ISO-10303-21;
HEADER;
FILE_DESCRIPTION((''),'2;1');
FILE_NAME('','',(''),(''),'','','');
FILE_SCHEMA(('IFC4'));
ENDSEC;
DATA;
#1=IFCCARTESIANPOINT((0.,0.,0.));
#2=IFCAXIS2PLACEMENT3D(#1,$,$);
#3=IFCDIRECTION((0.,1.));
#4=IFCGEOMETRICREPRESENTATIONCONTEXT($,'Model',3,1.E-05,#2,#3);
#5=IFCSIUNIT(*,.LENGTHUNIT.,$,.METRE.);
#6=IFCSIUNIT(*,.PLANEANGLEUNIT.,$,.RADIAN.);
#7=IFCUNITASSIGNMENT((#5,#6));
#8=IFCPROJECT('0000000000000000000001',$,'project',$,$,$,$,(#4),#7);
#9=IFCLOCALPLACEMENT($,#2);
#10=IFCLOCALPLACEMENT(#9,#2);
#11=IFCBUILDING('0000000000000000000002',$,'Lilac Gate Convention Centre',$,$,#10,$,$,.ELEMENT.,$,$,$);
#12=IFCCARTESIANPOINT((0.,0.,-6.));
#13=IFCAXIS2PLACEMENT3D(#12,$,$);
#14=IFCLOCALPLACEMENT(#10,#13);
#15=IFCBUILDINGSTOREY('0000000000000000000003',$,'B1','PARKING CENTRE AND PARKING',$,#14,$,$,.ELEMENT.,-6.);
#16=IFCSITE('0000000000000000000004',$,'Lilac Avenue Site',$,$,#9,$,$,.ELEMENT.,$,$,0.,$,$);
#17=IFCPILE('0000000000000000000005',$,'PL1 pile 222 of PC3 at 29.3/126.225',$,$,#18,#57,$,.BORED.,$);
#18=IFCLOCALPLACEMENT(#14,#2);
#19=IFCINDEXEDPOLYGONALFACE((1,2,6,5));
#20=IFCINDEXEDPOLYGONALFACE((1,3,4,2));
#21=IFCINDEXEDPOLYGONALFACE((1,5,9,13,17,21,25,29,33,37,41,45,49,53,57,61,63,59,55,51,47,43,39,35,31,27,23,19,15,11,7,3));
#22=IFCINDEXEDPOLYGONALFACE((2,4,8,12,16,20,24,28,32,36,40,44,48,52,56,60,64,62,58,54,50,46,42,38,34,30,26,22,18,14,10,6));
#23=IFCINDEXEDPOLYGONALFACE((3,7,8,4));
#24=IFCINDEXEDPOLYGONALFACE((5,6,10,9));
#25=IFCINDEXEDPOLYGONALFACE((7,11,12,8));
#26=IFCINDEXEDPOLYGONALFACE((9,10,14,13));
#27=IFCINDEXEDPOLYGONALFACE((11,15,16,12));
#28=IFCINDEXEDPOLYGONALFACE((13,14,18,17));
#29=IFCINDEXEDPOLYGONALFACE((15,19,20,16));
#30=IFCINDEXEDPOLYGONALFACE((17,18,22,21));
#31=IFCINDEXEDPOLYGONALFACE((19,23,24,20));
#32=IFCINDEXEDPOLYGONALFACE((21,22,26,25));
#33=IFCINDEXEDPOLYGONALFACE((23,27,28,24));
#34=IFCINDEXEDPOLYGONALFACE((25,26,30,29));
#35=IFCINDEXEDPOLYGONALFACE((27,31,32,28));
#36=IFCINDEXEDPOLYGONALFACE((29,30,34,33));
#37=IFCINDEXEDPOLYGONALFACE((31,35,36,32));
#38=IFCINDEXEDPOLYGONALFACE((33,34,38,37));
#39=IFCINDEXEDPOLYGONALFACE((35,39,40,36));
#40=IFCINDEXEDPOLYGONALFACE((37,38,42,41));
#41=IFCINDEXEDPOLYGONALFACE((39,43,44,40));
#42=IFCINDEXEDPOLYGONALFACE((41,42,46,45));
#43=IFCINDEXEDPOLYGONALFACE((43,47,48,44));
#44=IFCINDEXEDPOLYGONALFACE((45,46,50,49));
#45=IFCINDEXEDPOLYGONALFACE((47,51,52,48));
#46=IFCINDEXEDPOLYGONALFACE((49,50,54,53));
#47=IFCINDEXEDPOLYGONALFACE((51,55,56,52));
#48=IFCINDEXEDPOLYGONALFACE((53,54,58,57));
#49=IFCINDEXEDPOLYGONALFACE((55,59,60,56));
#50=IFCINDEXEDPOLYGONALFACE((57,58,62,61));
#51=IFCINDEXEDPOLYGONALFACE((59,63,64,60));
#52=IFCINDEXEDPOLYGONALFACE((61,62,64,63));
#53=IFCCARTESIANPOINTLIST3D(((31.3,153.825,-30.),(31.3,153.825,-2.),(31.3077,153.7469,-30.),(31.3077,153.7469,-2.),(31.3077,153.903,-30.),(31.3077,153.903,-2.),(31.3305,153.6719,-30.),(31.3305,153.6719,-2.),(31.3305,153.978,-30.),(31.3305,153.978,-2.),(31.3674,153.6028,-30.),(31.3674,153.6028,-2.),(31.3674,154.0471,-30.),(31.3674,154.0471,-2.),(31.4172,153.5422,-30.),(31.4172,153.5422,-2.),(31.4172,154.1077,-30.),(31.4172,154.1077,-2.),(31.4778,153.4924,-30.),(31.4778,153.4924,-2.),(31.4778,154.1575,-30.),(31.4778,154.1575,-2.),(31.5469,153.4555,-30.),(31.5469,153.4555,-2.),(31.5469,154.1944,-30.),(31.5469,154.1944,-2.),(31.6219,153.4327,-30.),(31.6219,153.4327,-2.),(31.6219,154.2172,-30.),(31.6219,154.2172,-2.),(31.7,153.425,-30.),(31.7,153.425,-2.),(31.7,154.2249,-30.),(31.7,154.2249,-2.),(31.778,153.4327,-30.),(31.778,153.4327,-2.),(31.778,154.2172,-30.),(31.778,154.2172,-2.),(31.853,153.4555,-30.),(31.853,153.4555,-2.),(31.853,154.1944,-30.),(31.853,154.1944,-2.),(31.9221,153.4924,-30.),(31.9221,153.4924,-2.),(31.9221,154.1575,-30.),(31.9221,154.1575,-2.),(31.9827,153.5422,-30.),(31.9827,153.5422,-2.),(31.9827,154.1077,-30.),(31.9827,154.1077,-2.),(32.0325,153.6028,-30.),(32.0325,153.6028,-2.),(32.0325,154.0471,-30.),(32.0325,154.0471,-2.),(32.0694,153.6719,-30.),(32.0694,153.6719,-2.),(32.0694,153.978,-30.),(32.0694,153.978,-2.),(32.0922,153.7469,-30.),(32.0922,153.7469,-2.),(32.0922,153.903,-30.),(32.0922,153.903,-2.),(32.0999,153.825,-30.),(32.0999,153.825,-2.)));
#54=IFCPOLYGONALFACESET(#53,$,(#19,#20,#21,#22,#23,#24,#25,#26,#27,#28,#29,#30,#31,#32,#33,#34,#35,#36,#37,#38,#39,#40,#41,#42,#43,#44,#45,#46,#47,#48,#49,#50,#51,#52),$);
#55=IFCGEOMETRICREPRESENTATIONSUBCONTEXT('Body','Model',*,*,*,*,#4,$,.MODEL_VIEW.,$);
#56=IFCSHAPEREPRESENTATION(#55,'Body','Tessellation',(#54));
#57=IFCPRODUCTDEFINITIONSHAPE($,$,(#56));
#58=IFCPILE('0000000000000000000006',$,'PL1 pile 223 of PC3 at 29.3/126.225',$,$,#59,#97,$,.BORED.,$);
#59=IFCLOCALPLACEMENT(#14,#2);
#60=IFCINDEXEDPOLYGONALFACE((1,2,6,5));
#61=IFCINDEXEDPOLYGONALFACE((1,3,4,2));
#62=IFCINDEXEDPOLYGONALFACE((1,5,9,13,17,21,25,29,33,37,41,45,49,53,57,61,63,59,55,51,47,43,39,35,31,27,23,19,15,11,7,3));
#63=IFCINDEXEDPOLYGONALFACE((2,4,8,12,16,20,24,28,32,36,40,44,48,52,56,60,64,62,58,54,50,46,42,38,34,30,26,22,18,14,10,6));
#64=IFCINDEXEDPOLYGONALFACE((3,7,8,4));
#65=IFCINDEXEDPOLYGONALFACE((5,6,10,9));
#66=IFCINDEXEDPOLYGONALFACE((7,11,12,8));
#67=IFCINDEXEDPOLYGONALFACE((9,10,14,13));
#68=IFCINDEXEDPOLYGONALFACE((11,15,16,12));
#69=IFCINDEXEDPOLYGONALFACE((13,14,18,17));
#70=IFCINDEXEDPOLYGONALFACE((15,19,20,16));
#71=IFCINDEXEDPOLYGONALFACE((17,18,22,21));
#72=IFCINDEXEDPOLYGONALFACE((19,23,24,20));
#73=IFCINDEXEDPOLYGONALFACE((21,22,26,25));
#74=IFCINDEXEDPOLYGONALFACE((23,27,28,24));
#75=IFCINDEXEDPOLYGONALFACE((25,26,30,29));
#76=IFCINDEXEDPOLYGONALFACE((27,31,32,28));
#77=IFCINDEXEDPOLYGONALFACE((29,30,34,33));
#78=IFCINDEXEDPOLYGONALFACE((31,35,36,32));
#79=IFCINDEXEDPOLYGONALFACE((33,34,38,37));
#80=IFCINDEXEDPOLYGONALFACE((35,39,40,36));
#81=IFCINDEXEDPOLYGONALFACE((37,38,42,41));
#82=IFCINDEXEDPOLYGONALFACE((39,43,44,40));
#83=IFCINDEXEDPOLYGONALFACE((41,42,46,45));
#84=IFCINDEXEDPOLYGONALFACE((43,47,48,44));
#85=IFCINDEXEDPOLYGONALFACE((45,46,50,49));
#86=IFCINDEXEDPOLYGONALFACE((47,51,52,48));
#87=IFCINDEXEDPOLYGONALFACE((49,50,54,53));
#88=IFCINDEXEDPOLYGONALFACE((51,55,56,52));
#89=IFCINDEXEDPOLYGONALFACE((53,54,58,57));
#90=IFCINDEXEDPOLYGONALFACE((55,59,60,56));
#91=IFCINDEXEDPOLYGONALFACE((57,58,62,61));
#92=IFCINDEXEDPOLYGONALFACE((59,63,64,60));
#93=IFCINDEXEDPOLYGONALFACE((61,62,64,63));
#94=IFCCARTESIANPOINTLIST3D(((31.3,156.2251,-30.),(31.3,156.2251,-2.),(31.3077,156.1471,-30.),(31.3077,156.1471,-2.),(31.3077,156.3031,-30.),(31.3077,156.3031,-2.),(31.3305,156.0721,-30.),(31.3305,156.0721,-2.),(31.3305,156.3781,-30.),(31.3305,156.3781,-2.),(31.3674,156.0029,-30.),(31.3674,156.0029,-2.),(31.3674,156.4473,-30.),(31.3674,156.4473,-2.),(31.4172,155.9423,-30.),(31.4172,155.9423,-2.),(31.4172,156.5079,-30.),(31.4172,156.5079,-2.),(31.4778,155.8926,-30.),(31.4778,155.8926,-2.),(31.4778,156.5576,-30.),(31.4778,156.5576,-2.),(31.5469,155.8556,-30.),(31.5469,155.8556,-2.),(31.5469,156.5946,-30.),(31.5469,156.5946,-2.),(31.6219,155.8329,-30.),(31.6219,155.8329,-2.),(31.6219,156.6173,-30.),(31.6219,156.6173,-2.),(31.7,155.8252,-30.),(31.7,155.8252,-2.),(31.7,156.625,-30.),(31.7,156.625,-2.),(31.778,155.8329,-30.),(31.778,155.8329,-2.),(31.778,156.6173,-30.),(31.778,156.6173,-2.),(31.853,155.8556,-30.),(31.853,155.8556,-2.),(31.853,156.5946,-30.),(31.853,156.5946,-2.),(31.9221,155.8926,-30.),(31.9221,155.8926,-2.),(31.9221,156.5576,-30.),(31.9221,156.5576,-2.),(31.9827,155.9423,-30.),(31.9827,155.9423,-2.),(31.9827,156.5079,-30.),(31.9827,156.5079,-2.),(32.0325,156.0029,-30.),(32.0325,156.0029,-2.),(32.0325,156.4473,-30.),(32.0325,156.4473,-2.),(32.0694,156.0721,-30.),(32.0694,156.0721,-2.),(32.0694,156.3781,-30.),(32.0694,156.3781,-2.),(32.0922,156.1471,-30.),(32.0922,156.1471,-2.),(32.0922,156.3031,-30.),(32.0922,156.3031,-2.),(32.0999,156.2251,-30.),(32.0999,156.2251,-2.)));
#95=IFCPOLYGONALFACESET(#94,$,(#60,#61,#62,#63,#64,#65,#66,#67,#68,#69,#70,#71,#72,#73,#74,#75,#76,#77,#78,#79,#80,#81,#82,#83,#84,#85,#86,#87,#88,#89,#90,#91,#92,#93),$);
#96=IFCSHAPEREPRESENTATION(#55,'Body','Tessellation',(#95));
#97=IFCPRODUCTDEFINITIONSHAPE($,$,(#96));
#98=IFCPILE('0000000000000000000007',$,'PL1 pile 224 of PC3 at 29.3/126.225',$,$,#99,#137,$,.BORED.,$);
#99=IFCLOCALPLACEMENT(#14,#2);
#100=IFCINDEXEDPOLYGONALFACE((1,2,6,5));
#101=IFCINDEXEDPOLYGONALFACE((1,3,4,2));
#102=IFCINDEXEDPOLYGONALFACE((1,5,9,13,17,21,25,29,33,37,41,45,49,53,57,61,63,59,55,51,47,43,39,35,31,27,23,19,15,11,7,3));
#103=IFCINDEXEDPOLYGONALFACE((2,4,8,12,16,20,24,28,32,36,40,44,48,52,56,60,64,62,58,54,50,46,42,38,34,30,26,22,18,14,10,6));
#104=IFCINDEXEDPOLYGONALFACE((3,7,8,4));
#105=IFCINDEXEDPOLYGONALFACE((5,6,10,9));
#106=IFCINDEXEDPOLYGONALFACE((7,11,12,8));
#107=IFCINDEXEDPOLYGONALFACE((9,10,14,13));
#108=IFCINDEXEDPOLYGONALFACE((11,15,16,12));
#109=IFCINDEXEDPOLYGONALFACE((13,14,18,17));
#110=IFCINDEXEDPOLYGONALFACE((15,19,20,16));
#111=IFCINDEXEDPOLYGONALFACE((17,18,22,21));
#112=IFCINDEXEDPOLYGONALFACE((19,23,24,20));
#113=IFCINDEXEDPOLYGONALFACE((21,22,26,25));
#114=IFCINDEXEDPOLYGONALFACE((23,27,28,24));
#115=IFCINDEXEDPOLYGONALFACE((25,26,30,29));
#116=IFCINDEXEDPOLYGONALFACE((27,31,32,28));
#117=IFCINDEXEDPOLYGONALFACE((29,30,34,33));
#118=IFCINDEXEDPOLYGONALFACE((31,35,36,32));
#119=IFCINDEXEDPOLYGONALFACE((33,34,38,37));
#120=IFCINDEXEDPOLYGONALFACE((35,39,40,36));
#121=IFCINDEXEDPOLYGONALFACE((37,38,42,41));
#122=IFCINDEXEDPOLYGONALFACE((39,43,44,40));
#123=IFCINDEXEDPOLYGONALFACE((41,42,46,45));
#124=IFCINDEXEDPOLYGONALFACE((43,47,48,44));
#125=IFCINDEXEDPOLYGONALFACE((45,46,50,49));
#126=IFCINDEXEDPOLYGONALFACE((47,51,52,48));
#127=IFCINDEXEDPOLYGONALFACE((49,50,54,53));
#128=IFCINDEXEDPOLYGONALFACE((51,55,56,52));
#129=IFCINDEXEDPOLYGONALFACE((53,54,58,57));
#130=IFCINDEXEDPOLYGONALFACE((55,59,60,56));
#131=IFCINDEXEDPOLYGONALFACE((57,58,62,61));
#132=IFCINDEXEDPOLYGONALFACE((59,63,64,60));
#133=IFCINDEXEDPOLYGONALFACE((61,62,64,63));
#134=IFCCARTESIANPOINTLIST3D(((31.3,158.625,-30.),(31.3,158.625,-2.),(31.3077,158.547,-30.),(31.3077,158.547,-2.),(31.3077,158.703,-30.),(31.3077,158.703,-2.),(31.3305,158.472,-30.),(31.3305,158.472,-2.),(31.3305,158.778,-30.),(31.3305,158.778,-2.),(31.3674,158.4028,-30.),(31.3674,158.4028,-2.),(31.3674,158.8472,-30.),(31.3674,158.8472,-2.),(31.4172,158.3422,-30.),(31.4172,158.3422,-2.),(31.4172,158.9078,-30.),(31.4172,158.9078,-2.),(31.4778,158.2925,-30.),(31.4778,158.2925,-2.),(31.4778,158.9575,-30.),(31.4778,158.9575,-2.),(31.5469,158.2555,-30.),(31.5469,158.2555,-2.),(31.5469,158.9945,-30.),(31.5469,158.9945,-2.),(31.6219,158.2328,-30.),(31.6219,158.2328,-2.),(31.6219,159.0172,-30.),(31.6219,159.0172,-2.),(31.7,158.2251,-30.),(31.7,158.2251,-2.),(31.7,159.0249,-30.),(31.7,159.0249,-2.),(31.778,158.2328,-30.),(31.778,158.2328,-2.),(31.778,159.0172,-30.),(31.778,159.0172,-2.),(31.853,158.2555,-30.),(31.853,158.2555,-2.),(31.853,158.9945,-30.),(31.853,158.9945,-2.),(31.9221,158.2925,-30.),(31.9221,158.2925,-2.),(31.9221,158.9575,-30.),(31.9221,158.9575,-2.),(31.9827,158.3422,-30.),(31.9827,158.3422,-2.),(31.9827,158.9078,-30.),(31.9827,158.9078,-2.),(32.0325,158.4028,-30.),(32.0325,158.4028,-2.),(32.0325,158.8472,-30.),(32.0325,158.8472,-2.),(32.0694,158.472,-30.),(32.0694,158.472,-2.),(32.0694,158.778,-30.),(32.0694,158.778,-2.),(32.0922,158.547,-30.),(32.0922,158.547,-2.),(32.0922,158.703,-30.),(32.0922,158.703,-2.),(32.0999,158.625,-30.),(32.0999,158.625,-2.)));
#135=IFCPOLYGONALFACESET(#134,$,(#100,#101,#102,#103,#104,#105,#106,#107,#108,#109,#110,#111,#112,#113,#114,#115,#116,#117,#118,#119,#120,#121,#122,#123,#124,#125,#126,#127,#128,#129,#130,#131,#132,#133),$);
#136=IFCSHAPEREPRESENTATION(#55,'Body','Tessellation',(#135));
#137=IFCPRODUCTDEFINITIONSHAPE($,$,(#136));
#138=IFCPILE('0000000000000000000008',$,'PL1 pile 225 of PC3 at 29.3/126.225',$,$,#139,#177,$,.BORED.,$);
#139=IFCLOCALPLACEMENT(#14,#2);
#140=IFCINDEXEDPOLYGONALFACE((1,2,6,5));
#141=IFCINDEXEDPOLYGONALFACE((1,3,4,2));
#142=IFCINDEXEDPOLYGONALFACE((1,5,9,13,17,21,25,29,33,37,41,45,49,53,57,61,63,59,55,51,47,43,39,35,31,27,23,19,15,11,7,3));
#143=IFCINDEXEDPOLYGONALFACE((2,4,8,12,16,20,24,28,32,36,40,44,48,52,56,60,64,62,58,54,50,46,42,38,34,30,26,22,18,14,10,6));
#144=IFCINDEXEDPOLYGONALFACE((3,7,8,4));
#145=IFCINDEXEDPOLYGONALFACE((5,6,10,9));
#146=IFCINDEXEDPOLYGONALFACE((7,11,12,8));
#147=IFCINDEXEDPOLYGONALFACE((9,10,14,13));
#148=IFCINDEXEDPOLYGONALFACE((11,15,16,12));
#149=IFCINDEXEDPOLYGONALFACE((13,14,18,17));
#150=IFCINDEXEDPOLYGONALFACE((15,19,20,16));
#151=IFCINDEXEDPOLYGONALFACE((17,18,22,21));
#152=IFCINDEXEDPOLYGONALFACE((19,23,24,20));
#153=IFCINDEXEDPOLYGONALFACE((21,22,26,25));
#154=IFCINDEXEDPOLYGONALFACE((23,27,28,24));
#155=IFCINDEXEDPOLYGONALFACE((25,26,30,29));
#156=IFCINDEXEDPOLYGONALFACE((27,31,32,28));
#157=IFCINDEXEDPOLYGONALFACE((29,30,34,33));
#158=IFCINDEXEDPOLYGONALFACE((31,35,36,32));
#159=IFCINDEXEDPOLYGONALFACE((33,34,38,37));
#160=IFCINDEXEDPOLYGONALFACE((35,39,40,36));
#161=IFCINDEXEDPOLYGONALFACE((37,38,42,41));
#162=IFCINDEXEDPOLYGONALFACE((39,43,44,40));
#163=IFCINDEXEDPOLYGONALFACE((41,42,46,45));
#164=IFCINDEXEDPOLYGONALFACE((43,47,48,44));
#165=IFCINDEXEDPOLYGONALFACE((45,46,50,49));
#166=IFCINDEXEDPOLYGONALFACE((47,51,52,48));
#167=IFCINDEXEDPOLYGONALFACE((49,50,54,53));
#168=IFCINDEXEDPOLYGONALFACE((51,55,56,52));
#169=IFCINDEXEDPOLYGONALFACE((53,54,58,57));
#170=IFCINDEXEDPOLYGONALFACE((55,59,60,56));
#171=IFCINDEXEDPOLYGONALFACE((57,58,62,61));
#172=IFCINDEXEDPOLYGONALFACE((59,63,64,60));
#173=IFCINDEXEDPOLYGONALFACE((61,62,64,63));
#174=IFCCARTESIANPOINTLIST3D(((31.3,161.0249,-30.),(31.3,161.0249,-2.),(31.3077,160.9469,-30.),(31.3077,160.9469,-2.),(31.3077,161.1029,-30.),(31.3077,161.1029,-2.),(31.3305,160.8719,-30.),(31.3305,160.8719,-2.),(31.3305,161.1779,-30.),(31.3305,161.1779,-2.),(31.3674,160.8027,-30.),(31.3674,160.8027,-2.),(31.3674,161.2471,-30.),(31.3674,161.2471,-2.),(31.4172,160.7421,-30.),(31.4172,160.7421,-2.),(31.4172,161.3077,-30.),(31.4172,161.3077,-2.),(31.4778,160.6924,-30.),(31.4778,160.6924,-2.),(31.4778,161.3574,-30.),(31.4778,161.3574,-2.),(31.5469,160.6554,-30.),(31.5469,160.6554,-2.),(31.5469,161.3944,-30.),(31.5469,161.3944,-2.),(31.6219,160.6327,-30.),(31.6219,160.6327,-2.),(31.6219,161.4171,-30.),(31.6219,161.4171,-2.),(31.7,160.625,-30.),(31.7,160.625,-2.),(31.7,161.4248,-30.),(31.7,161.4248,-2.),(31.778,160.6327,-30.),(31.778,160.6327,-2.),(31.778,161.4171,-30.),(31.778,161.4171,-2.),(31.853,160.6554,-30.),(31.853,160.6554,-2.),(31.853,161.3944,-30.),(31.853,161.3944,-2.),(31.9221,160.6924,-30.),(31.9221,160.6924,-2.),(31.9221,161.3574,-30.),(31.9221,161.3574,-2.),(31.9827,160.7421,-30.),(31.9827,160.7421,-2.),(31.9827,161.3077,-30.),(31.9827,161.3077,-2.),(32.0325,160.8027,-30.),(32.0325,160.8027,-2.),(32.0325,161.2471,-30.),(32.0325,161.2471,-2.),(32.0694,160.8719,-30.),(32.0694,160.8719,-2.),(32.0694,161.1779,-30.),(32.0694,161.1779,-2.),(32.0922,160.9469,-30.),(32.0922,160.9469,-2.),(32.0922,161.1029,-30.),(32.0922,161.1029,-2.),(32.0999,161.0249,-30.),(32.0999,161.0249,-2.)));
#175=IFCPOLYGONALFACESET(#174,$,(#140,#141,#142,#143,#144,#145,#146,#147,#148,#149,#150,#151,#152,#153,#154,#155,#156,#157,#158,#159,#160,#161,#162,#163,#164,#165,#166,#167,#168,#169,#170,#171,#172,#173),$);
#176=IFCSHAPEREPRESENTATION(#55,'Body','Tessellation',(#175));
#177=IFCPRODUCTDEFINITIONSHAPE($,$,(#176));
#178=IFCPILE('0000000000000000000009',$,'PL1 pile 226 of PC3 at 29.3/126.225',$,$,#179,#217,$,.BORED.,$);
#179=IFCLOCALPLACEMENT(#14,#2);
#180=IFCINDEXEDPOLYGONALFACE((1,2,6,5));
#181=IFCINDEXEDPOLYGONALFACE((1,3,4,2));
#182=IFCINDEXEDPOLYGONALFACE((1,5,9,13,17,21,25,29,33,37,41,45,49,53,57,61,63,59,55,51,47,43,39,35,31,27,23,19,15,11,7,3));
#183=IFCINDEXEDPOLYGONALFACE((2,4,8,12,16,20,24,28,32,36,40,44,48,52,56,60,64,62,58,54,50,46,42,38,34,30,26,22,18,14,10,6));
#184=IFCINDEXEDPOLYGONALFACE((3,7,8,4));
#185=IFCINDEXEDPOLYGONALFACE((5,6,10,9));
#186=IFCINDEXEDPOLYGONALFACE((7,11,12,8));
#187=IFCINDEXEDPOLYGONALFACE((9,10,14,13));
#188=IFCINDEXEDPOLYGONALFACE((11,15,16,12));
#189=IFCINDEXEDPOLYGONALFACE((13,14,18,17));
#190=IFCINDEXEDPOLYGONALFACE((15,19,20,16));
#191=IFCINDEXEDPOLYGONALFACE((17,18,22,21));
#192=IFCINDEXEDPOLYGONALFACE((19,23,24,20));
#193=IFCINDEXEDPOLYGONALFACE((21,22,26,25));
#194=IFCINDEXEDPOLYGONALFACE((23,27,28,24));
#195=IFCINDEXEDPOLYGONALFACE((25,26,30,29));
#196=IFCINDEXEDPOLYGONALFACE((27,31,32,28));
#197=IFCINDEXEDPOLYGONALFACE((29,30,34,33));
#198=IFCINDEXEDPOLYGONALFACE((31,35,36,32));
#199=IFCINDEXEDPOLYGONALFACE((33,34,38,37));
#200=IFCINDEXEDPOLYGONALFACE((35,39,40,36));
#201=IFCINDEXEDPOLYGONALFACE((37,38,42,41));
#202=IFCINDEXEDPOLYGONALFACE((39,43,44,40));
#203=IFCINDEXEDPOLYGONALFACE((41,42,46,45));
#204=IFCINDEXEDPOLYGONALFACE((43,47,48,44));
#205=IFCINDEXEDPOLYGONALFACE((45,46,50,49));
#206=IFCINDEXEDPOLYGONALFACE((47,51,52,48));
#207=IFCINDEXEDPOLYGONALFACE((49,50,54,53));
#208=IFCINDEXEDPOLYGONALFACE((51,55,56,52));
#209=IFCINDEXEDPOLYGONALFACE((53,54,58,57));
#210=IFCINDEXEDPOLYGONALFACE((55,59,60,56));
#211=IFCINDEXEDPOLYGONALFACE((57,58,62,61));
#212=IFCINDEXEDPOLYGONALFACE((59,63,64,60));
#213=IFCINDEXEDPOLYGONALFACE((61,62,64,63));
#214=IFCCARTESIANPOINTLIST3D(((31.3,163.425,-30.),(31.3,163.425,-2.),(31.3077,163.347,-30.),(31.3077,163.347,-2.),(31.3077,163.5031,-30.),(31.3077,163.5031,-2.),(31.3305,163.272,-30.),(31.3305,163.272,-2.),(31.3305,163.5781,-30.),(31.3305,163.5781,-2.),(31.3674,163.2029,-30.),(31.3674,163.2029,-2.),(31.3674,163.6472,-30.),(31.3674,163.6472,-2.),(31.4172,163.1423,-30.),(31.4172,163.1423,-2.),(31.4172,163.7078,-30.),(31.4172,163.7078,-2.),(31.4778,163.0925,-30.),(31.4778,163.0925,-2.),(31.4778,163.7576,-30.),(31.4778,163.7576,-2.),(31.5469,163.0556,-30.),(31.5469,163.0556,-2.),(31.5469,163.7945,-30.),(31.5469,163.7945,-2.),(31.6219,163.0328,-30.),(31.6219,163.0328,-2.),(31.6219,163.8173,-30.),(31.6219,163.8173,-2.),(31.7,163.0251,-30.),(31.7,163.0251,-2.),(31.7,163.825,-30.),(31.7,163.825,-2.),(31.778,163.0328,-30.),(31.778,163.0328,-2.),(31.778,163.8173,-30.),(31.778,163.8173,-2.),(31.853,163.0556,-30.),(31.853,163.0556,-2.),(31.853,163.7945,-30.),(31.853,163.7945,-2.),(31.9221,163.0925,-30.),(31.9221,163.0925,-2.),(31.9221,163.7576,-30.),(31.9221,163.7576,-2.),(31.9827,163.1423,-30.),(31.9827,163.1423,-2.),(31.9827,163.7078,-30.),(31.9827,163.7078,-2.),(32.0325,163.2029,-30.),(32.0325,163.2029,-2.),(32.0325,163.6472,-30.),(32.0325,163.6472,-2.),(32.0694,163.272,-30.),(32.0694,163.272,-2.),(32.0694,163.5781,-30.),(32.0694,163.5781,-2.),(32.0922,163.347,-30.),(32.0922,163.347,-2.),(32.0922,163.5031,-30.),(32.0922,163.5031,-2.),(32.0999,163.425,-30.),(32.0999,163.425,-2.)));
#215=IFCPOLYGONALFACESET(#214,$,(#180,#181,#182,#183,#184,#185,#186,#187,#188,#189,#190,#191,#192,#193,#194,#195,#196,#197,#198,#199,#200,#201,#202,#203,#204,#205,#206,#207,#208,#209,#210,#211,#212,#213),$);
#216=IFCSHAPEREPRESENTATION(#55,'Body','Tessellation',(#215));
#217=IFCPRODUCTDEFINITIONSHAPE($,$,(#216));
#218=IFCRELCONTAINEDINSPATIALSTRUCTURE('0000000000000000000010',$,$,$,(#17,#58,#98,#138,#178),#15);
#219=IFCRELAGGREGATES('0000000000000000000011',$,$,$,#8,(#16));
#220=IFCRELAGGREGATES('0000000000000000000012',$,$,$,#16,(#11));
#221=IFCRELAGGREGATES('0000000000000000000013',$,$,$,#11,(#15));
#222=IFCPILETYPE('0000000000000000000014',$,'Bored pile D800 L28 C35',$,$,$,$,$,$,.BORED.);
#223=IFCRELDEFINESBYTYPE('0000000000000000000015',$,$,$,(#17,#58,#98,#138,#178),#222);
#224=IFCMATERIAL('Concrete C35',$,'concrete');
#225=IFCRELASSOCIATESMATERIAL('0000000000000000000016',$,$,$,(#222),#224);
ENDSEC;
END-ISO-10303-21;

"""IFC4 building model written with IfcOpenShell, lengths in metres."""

from ifc_helpers import new_model, si_unit, direction, frame, origin, origin_2d, place, context, subcontext, project, spatial, circle, extrude, material, material_profile, profile_set, type_object, element, save


model = new_model("IFC4")

# Units and contexts
model_context = context("Model", 3, precision=1e-05, world=origin(), true_north=direction((0.0, 1.0)))
body_context = subcontext(model_context, "Body", "Model", "MODEL_VIEW")
ifc_project = project(units=[si_unit("LENGTHUNIT", "METRE"), si_unit("PLANEANGLEUNIT", "RADIAN")], contexts=[model_context])

# Site, building, storey
site_placement = place(None, origin())
site = spatial("IfcSite", under=ifc_project, at=site_placement, Name="Lilac Avenue Site", CompositionType="ELEMENT", RefElevation=0.0)
building_placement = place(site_placement, origin())
building = spatial("IfcBuilding", under=site, at=building_placement, Name="Lilac Gate Convention Centre", CompositionType="ELEMENT")
storey_placement = place(building_placement, frame((0.0, 0.0, -6.0)))
storey = spatial("IfcBuildingStorey", under=building, at=storey_placement, Name="B1", Description="PARKING CENTRE AND PARKING", CompositionType="ELEMENT", Elevation=-6.0)

# Piles
ifc_material_1 = material(Name="Concrete C35", Category="concrete")
ifc_material_profile_1 = material_profile(ifc_material_1, circle(Radius=0.3999, at=origin_2d()), Name="D800")
ifc_profile_set_1 = profile_set([ifc_material_profile_1], Name="Concrete C35")
pile_type = type_object("IfcPileType", Name="Bored pile D800 L28 C35", PredefinedType="BORED", material=ifc_profile_set_1)
for number, where, z_axis, x_axis, name in (
    (1, (31.7, 153.825, -2.0), (0.0, 0.0, -1.0), (1.0, 0.0, 0.0), "PL1 pile 222 of PC3 at 29.3/126.225"),
    (2, (31.7, 156.2251, -2.0), (0.0, 0.0, -1.0), (1.0, 0.0, 0.0), "PL1 pile 223 of PC3 at 29.3/126.225"),
    (3, (31.7, 158.625, -2.0), (0.0, 0.0, -1.0), (1.0, 0.0, 0.0), "PL1 pile 224 of PC3 at 29.3/126.225"),
    (4, (31.7, 161.0249, -2.0), (0.0, 0.0, -1.0), (1.0, 0.0, 0.0), "PL1 pile 225 of PC3 at 29.3/126.225"),
    (5, (31.7, 163.425, -2.0), (0.0, 0.0, -1.0), (1.0, 0.0, 0.0), "PL1 pile 226 of PC3 at 29.3/126.225"),
):
    element("IfcPile", number, at=place(storey_placement, frame(where, z_axis=z_axis, x_axis=x_axis)), inside=storey, type_object=pile_type, Name=name, PredefinedType="BORED", context=body_context, shape_type="SweptSolid", body=[
        extrude(circle(Radius=0.3999, at=origin_2d()), origin(), (0.0, 0.0, 1.0), 28.0),
    ])

save(model, "model.ifc")
